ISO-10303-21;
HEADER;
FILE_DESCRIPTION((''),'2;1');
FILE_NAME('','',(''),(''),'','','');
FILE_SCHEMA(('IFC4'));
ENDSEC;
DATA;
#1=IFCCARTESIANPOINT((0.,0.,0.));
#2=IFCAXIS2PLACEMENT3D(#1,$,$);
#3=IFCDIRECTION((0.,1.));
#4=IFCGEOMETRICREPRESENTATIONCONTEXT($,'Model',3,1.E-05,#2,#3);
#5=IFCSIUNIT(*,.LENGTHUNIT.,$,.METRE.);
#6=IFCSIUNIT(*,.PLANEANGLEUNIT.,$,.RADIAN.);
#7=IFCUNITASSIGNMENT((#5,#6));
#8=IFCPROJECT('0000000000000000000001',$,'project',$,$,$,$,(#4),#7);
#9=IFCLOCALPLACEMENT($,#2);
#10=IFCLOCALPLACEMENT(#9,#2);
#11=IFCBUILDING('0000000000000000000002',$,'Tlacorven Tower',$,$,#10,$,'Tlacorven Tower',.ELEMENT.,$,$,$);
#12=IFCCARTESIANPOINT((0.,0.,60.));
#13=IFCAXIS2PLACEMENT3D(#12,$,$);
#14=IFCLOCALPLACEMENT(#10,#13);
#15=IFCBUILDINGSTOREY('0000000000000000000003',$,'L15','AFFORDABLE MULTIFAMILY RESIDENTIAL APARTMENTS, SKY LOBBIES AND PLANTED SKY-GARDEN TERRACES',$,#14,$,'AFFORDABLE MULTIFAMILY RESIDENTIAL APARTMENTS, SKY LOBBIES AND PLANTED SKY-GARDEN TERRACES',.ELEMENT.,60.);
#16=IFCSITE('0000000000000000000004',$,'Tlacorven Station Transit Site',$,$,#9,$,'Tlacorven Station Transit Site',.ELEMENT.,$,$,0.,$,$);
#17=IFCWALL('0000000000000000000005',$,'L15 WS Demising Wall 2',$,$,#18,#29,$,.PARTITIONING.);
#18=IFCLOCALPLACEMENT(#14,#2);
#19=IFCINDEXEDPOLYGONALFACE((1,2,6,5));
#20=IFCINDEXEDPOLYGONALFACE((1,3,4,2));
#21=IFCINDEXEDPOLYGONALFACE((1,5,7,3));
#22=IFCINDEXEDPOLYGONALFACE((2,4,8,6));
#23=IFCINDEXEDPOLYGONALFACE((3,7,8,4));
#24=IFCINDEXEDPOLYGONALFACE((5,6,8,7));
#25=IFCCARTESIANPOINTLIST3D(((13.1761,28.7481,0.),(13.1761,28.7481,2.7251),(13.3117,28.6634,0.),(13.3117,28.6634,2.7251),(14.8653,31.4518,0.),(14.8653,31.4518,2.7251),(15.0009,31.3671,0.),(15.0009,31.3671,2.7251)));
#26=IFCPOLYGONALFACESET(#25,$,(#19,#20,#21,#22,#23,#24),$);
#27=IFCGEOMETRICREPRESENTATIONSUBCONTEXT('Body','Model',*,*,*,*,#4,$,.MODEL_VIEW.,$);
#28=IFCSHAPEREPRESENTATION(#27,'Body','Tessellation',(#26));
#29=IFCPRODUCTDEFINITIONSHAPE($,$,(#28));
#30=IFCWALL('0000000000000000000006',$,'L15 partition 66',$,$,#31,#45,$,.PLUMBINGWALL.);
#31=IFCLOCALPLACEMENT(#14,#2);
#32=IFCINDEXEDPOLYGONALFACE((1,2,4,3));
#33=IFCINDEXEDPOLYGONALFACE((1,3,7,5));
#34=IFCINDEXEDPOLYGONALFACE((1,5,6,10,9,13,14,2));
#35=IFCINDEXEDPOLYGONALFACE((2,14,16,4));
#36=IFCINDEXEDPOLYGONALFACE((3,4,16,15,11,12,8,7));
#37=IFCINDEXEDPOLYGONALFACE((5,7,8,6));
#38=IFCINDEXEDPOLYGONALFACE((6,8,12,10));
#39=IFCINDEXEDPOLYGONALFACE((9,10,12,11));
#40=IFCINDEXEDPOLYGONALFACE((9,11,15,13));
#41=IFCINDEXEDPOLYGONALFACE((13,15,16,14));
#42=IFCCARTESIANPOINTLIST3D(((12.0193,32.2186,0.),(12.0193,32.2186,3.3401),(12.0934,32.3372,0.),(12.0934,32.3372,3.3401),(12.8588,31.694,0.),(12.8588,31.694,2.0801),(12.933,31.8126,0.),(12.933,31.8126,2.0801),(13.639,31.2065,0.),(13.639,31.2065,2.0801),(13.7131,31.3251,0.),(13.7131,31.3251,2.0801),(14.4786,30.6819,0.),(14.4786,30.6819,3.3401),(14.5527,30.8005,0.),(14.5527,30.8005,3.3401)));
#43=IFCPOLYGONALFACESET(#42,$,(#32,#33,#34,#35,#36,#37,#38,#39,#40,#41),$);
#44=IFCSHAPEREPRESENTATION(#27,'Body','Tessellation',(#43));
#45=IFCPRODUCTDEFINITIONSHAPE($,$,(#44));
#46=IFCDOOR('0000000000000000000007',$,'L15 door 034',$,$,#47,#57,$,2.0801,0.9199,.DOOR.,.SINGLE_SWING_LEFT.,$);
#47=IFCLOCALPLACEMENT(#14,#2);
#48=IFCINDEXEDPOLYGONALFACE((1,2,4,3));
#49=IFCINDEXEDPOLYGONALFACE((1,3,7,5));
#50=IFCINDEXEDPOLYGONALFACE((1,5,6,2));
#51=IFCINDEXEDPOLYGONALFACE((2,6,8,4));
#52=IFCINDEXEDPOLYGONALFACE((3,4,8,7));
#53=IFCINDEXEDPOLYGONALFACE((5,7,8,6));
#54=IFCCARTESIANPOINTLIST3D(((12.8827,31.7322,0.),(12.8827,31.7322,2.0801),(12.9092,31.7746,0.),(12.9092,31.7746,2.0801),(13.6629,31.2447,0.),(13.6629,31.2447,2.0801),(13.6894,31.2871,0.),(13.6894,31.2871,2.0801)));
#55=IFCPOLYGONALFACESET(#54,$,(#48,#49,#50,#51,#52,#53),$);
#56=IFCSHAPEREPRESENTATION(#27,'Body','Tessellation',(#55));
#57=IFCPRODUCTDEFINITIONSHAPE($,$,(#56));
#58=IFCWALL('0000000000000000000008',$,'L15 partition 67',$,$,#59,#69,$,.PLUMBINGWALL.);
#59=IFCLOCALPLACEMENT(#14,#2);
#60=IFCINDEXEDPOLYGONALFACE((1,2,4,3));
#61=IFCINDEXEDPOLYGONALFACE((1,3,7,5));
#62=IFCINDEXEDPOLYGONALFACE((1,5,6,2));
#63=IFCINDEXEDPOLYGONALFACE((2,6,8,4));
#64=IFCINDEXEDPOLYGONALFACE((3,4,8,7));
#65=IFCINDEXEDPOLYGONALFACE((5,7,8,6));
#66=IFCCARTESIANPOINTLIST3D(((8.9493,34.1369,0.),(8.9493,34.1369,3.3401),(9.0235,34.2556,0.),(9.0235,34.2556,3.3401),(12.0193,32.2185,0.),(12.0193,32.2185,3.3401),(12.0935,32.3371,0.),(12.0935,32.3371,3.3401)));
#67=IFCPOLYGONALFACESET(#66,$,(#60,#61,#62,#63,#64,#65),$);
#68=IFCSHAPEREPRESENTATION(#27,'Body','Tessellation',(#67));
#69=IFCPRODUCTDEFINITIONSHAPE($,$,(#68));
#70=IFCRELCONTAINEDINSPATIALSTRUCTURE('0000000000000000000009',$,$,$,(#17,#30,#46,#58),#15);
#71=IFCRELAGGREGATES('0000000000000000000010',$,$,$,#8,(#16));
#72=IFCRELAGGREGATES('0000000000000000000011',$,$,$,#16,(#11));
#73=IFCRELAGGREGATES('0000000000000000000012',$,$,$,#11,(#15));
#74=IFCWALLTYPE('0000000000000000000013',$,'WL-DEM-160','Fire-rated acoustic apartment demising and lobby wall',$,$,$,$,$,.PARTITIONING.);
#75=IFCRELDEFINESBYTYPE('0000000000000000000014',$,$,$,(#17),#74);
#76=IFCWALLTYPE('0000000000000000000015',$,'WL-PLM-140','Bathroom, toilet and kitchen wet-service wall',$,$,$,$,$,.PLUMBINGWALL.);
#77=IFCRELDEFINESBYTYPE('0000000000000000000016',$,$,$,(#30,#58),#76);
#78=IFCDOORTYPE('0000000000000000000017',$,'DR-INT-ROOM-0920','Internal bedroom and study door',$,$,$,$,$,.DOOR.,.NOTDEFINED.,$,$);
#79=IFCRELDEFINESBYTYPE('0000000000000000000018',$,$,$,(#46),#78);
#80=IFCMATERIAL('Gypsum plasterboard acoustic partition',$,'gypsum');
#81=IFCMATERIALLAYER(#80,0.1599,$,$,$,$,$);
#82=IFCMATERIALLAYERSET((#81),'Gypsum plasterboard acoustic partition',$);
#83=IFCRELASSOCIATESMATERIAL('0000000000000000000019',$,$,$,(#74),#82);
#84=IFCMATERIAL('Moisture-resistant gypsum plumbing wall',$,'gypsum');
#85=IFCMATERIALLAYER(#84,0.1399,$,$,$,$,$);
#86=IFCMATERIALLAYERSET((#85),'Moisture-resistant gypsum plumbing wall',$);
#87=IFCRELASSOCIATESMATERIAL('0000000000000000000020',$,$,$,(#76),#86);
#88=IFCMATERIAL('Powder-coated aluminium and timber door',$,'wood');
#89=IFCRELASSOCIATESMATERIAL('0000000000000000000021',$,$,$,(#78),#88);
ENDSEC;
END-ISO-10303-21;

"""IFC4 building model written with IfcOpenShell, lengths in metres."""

from ifc_helpers import new_model, si_unit, direction, frame, frame_2d, origin, place, context, subcontext, project, spatial, rectangle, extrude, source, transform, mapped, material, layer, layer_set, type_object, element, fill, save


model = new_model("IFC4")

# Units and contexts
model_context = context("Model", 3, precision=1e-05, world=origin(), true_north=direction((0.0, 1.0)))
body_context = subcontext(model_context, "Body", "Model", "MODEL_VIEW")
ifc_project = project(units=[si_unit("LENGTHUNIT", "METRE"), si_unit("PLANEANGLEUNIT", "RADIAN")], contexts=[model_context])

# Site, building, storey
site_placement = place(None, origin())
site = spatial("IfcSite", under=ifc_project, at=site_placement, Name="Tlacorven Station Transit Site", LongName="Tlacorven Station Transit Site", CompositionType="ELEMENT", RefElevation=0.0)
building_placement = place(site_placement, origin())
building = spatial("IfcBuilding", under=site, at=building_placement, Name="Tlacorven Tower", LongName="Tlacorven Tower", CompositionType="ELEMENT")
storey_placement = place(building_placement, frame((0.0, 0.0, 60.0)))
storey = spatial("IfcBuildingStorey", under=building, at=storey_placement, Name="L15", Description="AFFORDABLE MULTIFAMILY RESIDENTIAL APARTMENTS, SKY LOBBIES AND PLANTED SKY-GARDEN TERRACES", LongName="AFFORDABLE MULTIFAMILY RESIDENTIAL APARTMENTS, SKY LOBBIES AND PLANTED SKY-GARDEN TERRACES", CompositionType="ELEMENT", Elevation=60.0)

# Wall
ifc_material_1 = material(Name="Gypsum plasterboard acoustic partition", Category="gypsum")
ifc_layer_1 = layer(ifc_material_1, 0.1599)
ifc_layer_set_1 = layer_set([ifc_layer_1], Name="Gypsum plasterboard acoustic partition")
wall_type_1 = type_object("IfcWallType", Name="WL-DEM-160", Description="Fire-rated acoustic apartment demising and lobby wall", PredefinedType="PARTITIONING", material=ifc_layer_set_1)
wall_1_placement = place(storey_placement, frame((14.9331, 31.4094, 0.0), z_axis=(0.0, 0.0, 1.0), x_axis=(-0.529875, -0.848076, 0.0)))
element("IfcWall", 1, at=wall_1_placement, inside=storey, type_object=wall_type_1, Name="L15 WS Demising Wall 2", PredefinedType="PARTITIONING", context=body_context, shape_type="SweptSolid", body=[
    extrude(rectangle(XDim=3.188, YDim=0.1599, at=frame_2d((1.594, 0.0))), origin(), (0.0, 0.0, 1.0), 2.7251),
])

# Wall, opening, door
ifc_material_2 = material(Name="Moisture-resistant gypsum plumbing wall", Category="gypsum")
ifc_layer_2 = layer(ifc_material_2, 0.1399)
ifc_layer_set_2 = layer_set([ifc_layer_2], Name="Moisture-resistant gypsum plumbing wall")
wall_type_2 = type_object("IfcWallType", Name="WL-PLM-140", Description="Bathroom, toilet and kitchen wet-service wall", PredefinedType="PLUMBINGWALL", material=ifc_layer_set_2)
wall_2_placement = place(storey_placement, frame((14.5156, 30.7412, 0.0), z_axis=(0.0, 0.0, 1.0), x_axis=(-0.84806, 0.529901, 0.0)))
wall_2 = element("IfcWall", 2, at=wall_2_placement, inside=storey, type_object=wall_type_2, Name="L15 partition 66", PredefinedType="PLUMBINGWALL", context=body_context, shape_type="SweptSolid", body=[
    extrude(rectangle(XDim=2.8999, YDim=0.1399, at=frame_2d((1.45, 0.0))), origin(), (0.0, 0.0, 1.0), 3.3401),
])
opening_placement = place(wall_2_placement, frame((0.99, 0.0, 0.0)))
opening = element("IfcOpeningElement", 3, at=opening_placement, cuts=wall_2, PredefinedType="OPENING", context=body_context, shape_type="SweptSolid", body=[
    extrude(rectangle(XDim=0.9199, YDim=2.0801, at=frame_2d((0.46, 1.04))), frame((0.0, 0.0801, 0.0), z_axis=(0.0, -1.0, 0.0), x_axis=(1.0, 0.0, 0.0)), (0.0, 0.0, 1.0), 0.1599),
])
ifc_material_3 = material(Name="Powder-coated aluminium and timber door", Category="wood")
door_type = type_object("IfcDoorType", Name="DR-INT-ROOM-0920", Description="Internal bedroom and study door", OperationType="NOTDEFINED", PredefinedType="DOOR", material=ifc_material_3)
shared_shape_1 = source(origin(), body_context, "Body", "SweptSolid", [
    extrude(rectangle(XDim=0.9199, YDim=2.0801, at=frame_2d((0.46, 1.04))), frame((0.0, 0.0249, 0.0), z_axis=(0.0, -1.0, 0.0), x_axis=(1.0, 0.0, 0.0)), (0.0, 0.0, 1.0), 0.05),
])
door_placement = place(opening_placement, origin())
door = element("IfcDoor", 4, at=door_placement, inside=storey, type_object=door_type, Name="L15 door 034", OperationType="SINGLE_SWING_LEFT", OverallHeight=2.0801, OverallWidth=0.9199, PredefinedType="DOOR", context=body_context, shape_type="MappedRepresentation", body=[
    mapped(shared_shape_1, transform((0.0, 0.0, 0.0), scale=1.0)),
])
fill(opening, door)

# Wall
wall_3_placement = place(storey_placement, frame((12.0564, 32.2778, 0.0), z_axis=(0.0, 0.0, 1.0), x_axis=(-0.84804, 0.529932, 0.0)))
element("IfcWall", 5, at=wall_3_placement, inside=storey, type_object=wall_type_2, Name="L15 partition 67", PredefinedType="PLUMBINGWALL", context=body_context, shape_type="SweptSolid", body=[
    extrude(rectangle(XDim=3.6201, YDim=0.1399, at=frame_2d((1.8101, 0.0))), origin(), (0.0, 0.0, 1.0), 3.3401),
])

save(model, "model.ifc")
